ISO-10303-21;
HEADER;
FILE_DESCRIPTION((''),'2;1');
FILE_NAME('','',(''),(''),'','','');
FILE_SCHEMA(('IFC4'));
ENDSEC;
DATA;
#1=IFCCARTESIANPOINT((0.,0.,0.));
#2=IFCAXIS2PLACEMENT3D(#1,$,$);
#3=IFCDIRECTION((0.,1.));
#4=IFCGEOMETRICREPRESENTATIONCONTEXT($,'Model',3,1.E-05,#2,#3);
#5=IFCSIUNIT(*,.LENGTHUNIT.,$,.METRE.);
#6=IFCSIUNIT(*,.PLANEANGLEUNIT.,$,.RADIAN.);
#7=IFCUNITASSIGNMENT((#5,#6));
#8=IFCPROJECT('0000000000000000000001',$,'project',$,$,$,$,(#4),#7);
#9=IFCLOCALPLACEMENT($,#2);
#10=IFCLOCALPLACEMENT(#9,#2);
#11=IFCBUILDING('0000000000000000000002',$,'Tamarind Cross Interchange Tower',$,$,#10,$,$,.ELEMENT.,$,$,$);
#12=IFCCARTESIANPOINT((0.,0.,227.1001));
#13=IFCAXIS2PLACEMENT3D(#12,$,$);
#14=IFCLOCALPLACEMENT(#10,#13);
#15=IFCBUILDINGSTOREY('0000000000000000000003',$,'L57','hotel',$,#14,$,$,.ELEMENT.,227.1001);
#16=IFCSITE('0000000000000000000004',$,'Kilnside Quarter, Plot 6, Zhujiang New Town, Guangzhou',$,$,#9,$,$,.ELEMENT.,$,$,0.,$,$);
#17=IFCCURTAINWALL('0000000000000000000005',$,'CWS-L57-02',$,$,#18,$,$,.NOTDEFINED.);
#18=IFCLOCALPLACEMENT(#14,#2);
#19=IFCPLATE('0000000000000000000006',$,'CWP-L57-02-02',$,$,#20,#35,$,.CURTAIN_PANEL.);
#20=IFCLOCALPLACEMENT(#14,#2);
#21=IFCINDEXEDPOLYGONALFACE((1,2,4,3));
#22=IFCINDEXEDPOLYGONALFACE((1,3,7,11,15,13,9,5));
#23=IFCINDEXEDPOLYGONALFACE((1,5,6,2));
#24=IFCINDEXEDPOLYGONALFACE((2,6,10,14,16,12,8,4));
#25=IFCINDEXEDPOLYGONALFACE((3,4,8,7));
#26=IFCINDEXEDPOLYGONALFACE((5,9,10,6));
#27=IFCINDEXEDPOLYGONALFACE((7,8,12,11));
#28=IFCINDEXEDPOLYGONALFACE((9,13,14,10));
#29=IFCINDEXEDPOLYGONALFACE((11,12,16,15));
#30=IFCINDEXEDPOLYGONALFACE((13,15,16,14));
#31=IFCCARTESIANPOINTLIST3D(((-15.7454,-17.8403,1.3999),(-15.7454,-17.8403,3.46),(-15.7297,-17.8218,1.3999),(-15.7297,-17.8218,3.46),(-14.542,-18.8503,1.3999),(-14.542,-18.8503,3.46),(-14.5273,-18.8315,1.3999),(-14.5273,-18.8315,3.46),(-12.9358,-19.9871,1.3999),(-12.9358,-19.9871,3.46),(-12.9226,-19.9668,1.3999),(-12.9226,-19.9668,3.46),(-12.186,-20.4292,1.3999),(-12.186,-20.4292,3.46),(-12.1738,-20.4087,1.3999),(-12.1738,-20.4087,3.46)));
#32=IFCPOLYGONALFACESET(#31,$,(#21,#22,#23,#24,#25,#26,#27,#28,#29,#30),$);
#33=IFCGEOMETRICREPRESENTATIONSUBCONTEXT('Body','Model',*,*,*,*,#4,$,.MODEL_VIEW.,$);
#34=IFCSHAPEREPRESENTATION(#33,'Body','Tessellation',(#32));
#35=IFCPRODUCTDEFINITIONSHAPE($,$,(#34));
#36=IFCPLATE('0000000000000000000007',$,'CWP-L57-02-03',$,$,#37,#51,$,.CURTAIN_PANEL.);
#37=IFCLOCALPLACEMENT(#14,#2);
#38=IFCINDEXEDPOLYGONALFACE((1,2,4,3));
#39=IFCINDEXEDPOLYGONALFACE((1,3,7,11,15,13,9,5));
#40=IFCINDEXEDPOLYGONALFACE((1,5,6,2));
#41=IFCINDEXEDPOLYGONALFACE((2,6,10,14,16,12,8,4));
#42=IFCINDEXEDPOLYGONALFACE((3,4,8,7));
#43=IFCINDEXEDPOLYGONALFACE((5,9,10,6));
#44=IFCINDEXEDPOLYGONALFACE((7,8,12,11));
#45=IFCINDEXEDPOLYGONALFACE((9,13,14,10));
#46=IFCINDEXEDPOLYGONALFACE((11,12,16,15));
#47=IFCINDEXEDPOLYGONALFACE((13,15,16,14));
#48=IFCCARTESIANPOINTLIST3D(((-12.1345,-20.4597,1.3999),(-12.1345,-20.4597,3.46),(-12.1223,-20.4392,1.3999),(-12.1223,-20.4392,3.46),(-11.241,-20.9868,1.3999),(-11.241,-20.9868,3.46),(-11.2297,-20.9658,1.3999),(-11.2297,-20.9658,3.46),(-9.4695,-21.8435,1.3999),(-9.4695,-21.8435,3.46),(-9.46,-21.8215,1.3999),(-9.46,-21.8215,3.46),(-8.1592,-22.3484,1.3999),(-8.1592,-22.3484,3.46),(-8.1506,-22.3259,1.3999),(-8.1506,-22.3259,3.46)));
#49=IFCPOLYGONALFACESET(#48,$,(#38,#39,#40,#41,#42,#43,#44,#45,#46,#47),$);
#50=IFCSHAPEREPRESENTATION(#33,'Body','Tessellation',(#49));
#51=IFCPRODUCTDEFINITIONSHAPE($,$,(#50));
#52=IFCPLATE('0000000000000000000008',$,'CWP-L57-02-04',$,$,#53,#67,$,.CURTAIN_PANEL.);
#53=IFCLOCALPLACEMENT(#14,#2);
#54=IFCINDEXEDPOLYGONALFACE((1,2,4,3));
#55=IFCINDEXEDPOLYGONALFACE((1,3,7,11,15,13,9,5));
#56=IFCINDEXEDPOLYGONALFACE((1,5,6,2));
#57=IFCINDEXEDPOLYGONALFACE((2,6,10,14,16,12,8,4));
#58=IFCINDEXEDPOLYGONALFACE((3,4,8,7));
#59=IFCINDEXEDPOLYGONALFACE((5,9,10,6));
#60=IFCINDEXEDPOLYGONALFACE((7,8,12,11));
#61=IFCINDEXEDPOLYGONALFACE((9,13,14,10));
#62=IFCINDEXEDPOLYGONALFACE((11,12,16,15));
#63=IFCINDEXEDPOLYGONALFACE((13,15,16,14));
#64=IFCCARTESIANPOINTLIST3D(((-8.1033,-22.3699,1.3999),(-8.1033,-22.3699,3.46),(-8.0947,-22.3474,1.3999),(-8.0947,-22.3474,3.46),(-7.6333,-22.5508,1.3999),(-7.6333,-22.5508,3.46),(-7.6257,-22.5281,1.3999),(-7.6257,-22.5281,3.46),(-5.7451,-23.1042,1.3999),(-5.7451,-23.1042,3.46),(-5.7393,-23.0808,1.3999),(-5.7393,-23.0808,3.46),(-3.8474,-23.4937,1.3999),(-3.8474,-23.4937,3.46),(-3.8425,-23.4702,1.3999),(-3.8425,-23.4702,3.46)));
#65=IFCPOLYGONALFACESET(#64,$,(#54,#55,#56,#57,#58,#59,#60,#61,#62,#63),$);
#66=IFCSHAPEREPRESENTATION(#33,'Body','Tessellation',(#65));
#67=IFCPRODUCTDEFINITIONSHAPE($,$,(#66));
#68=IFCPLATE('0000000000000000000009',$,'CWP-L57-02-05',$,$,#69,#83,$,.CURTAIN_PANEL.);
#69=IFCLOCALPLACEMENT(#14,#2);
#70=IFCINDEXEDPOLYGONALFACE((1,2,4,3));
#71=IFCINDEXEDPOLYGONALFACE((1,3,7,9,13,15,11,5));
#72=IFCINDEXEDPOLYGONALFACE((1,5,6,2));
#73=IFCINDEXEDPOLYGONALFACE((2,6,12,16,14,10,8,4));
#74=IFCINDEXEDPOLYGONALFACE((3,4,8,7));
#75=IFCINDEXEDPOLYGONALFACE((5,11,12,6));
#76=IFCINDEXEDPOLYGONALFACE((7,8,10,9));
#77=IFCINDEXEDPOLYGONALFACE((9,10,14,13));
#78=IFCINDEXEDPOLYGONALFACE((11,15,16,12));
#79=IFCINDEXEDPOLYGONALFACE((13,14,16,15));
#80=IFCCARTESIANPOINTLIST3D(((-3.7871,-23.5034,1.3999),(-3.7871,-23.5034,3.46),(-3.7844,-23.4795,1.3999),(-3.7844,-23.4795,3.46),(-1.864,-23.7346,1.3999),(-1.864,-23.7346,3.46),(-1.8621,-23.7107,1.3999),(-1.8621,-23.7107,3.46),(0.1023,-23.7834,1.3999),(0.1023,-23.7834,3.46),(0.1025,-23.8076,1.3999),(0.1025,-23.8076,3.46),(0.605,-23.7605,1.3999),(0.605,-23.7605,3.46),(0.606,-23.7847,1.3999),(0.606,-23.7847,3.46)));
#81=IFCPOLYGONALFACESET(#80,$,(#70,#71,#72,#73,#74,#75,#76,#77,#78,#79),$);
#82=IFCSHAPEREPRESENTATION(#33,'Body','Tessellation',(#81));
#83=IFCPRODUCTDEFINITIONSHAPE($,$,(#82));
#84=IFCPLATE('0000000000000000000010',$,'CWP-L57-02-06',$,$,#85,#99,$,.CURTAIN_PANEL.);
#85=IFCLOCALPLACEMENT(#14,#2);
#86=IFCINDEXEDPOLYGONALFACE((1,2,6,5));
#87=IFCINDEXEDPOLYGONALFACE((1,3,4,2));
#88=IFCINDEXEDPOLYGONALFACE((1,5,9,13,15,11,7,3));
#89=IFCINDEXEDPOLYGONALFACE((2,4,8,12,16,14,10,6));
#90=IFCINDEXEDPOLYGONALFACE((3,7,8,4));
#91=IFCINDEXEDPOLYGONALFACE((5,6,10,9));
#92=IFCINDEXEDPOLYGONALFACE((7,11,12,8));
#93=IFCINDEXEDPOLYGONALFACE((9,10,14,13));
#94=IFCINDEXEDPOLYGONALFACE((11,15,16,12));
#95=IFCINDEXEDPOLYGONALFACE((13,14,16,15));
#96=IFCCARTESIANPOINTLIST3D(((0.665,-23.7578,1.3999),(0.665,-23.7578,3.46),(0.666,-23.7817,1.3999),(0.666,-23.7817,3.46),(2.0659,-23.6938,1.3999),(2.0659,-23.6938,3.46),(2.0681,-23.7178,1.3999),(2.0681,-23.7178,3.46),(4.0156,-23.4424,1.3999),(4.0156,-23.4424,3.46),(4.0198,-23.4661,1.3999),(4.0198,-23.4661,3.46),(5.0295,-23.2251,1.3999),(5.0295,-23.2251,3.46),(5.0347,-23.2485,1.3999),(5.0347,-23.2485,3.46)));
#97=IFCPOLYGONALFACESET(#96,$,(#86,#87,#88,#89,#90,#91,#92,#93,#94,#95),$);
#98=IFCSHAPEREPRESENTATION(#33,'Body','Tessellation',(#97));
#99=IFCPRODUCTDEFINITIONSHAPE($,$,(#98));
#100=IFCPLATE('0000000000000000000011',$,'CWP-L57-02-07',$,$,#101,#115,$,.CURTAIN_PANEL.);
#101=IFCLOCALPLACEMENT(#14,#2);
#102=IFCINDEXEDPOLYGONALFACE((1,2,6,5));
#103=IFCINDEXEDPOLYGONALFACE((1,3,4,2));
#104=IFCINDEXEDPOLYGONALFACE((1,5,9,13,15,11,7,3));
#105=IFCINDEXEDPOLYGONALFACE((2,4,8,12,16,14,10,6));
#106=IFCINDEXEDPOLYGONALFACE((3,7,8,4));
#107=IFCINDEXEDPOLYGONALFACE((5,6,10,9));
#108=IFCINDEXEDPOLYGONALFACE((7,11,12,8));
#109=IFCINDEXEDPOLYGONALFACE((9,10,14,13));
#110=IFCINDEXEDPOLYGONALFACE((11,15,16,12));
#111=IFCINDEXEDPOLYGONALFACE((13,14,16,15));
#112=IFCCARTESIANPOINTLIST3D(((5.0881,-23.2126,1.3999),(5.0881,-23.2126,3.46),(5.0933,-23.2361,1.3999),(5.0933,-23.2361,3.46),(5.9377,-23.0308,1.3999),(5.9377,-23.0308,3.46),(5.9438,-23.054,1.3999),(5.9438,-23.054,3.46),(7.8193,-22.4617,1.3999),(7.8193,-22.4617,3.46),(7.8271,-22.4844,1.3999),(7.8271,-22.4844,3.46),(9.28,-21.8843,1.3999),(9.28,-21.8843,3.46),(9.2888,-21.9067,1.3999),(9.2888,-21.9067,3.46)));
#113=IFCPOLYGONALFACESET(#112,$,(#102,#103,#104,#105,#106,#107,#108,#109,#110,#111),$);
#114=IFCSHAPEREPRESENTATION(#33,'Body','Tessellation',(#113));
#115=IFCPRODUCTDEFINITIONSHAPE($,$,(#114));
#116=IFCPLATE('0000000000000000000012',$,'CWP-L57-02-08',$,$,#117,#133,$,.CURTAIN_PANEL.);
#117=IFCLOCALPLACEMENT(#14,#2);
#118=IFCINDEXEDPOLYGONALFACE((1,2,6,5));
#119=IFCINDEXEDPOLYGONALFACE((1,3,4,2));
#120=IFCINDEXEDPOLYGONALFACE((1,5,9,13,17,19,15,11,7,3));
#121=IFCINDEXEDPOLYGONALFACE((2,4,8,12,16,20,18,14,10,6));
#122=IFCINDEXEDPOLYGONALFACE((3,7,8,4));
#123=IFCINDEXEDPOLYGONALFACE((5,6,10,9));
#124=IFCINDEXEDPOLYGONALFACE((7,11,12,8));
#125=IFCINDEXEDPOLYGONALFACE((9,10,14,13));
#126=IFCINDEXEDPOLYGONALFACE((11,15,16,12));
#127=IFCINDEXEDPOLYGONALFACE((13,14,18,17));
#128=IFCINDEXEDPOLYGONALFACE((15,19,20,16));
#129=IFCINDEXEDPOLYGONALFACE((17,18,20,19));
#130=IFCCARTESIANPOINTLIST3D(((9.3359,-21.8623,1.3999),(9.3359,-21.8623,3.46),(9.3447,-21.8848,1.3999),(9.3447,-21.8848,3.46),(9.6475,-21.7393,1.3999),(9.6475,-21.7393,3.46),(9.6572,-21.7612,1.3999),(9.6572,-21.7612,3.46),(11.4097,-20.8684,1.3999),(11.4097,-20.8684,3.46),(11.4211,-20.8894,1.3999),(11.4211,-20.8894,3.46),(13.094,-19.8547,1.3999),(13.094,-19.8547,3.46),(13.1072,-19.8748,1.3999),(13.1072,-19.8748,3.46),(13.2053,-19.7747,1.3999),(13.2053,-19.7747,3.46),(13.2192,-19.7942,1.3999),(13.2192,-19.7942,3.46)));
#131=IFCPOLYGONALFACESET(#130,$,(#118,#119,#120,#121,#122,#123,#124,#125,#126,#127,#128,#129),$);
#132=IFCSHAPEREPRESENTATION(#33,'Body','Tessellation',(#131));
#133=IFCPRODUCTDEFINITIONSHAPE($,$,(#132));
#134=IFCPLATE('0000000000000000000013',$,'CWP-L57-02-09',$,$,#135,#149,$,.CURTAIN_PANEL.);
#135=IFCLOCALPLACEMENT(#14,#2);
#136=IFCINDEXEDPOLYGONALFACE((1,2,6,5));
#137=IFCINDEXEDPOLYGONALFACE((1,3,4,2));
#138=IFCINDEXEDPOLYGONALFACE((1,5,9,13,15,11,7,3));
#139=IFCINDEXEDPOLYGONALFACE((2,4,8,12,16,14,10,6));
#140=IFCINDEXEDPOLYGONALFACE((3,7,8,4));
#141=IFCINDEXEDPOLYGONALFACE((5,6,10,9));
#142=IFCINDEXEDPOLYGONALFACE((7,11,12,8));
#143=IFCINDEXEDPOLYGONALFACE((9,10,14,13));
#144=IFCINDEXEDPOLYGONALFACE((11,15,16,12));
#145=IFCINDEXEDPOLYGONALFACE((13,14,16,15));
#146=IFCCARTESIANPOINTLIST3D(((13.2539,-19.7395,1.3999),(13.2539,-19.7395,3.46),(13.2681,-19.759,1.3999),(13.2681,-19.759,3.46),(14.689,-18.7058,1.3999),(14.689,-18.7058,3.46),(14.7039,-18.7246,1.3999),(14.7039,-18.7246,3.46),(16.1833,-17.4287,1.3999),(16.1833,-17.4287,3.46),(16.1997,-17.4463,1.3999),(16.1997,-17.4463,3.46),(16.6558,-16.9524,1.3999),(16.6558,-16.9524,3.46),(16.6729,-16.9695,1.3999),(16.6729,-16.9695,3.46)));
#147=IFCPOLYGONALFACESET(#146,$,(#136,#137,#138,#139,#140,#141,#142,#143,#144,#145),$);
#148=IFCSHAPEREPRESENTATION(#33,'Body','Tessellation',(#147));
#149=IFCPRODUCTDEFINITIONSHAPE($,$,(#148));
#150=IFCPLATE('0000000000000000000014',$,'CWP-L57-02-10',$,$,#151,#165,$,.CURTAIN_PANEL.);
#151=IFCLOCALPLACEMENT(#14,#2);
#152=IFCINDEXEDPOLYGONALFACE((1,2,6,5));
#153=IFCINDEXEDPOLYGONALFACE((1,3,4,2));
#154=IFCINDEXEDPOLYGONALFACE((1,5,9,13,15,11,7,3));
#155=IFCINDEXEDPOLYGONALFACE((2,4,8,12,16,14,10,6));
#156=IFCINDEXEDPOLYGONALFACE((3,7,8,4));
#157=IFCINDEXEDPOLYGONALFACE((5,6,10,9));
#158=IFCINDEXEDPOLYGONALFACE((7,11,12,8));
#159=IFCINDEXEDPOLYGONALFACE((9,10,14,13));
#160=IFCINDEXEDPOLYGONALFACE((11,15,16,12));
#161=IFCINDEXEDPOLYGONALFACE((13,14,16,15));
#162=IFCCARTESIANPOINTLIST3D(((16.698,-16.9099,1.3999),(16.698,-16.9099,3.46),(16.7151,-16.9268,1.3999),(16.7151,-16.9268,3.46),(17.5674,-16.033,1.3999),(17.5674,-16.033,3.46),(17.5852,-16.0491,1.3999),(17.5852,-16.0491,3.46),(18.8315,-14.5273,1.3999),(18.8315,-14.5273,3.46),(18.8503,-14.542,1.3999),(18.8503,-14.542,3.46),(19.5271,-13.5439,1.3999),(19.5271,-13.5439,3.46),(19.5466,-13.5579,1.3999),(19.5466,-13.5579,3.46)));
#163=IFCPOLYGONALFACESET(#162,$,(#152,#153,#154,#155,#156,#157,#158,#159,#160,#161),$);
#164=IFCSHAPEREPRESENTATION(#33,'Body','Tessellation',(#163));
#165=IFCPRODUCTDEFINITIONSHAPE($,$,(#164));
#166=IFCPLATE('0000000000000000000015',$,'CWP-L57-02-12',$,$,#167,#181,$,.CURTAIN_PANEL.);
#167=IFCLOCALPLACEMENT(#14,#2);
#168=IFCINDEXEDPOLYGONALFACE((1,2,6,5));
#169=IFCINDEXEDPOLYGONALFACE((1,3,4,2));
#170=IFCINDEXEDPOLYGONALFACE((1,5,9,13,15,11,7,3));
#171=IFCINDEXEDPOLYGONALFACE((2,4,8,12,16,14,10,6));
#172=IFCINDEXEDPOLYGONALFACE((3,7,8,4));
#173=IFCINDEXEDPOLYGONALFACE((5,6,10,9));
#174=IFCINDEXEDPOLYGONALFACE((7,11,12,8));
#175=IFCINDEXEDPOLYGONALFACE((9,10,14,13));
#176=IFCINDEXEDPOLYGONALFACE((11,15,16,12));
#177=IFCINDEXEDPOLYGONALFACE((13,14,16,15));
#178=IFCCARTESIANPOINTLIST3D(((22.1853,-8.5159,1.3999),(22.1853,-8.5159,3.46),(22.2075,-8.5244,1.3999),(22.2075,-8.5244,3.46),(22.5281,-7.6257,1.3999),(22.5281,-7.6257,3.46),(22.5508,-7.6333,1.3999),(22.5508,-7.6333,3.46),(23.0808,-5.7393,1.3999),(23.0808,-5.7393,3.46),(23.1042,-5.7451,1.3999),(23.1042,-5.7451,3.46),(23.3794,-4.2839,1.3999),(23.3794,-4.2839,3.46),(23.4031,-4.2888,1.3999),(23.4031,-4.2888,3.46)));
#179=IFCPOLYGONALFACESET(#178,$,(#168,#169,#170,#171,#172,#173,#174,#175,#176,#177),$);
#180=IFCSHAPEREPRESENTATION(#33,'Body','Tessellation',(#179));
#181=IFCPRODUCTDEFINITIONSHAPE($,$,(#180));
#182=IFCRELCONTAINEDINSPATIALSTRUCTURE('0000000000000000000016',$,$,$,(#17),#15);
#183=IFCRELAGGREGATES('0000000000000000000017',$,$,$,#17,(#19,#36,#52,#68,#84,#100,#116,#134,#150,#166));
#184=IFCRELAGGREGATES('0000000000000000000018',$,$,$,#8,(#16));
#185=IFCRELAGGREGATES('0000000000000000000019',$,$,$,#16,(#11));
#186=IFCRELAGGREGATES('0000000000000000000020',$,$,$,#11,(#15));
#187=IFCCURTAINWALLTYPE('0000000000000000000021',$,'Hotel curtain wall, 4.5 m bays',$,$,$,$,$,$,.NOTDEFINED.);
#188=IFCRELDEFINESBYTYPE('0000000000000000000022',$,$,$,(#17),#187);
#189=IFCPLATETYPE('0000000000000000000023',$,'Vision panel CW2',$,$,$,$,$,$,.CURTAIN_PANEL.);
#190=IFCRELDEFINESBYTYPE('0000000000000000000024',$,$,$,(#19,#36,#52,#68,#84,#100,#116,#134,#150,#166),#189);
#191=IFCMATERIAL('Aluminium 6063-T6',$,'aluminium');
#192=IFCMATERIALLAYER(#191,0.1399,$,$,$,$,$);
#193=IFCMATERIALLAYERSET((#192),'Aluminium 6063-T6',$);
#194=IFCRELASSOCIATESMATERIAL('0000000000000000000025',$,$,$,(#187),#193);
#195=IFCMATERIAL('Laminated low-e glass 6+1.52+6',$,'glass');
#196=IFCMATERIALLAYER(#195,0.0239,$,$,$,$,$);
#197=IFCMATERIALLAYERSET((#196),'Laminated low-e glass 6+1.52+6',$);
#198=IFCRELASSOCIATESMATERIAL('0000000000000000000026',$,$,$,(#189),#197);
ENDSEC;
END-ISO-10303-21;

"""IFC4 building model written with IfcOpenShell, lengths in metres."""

from ifc_helpers import new_model, si_unit, direction, frame, origin, place, context, subcontext, project, spatial, polyline, outline, extrude, material, layer, layer_set, type_object, element, aggregate, save


model = new_model("IFC4")

# Units and contexts
model_context = context("Model", 3, precision=1e-05, world=origin(), true_north=direction((0.0, 1.0)))
body_context = subcontext(model_context, "Body", "Model", "MODEL_VIEW")
ifc_project = project(units=[si_unit("LENGTHUNIT", "METRE"), si_unit("PLANEANGLEUNIT", "RADIAN")], contexts=[model_context])

# Site, building, storey
site_placement = place(None, origin())
site = spatial("IfcSite", under=ifc_project, at=site_placement, Name="Kilnside Quarter, Plot 6, Zhujiang New Town, Guangzhou", CompositionType="ELEMENT", RefElevation=0.0)
building_placement = place(site_placement, origin())
building = spatial("IfcBuilding", under=site, at=building_placement, Name="Tamarind Cross Interchange Tower", CompositionType="ELEMENT")
storey_placement = place(building_placement, frame((0.0, 0.0, 227.1001)))
storey = spatial("IfcBuildingStorey", under=building, at=storey_placement, Name="L57", Description="hotel", CompositionType="ELEMENT", Elevation=227.1001)

# Shared definitions
ifc_material_1 = material(Name="Aluminium 6063-T6", Category="aluminium")
ifc_layer_1 = layer(ifc_material_1, 0.1399)
ifc_layer_set_1 = layer_set([ifc_layer_1], Name="Aluminium 6063-T6")
curtain_wall_type = type_object("IfcCurtainWallType", Name="Hotel curtain wall, 4.5 m bays", PredefinedType="NOTDEFINED", material=ifc_layer_set_1)

# Shared definitions
ifc_material_2 = material(Name="Laminated low-e glass 6+1.52+6", Category="glass")
ifc_layer_2 = layer(ifc_material_2, 0.0239)
ifc_layer_set_2 = layer_set([ifc_layer_2], Name="Laminated low-e glass 6+1.52+6")
plate_type = type_object("IfcPlateType", Name="Vision panel CW2", PredefinedType="CURTAIN_PANEL", material=ifc_layer_set_2)

# Curtain wall, plates
curtain_wall_1_placement = place(storey_placement, origin())
curtain_wall_1 = element("IfcCurtainWall", 1, at=curtain_wall_1_placement, inside=storey, type_object=curtain_wall_type, Name="CWS-L57-02", PredefinedType="NOTDEFINED")
plate_1_placement = place(storey_placement, frame((0.0, 0.0, 1.3999)))
plate_1 = element("IfcPlate", 2, at=plate_1_placement, type_object=plate_type, Name="CWP-L57-02-02", PredefinedType="CURTAIN_PANEL", context=body_context, shape_type="SweptSolid", body=[
    extrude(outline(polyline([(-15.7297, -17.8218), (-14.5273, -18.8315), (-12.9226, -19.9668), (-12.1738, -20.4087), (-12.186, -20.4292), (-12.9358, -19.9871), (-14.542, -18.8503), (-15.7454, -17.8403), (-15.7297, -17.8218)])), origin(), (0.0, 0.0, 1.0), 2.0601),
])
plate_2_placement = place(storey_placement, frame((0.0, 0.0, 1.3999)))
plate_2 = element("IfcPlate", 3, at=plate_2_placement, type_object=plate_type, Name="CWP-L57-02-03", PredefinedType="CURTAIN_PANEL", context=body_context, shape_type="SweptSolid", body=[
    extrude(outline(polyline([(-12.1223, -20.4392), (-11.2297, -20.9658), (-9.46, -21.8215), (-8.1506, -22.3259), (-8.1592, -22.3484), (-9.4695, -21.8435), (-11.241, -20.9868), (-12.1345, -20.4597), (-12.1223, -20.4392)])), origin(), (0.0, 0.0, 1.0), 2.0601),
])
plate_3_placement = place(storey_placement, frame((0.0, 0.0, 1.3999)))
plate_3 = element("IfcPlate", 4, at=plate_3_placement, type_object=plate_type, Name="CWP-L57-02-04", PredefinedType="CURTAIN_PANEL", context=body_context, shape_type="SweptSolid", body=[
    extrude(outline(polyline([(-8.0947, -22.3474), (-7.6257, -22.5281), (-5.7393, -23.0808), (-3.8425, -23.4702), (-3.8474, -23.4937), (-5.7451, -23.1042), (-7.6333, -22.5508), (-8.1033, -22.3699), (-8.0947, -22.3474)])), origin(), (0.0, 0.0, 1.0), 2.0601),
])
plate_4_placement = place(storey_placement, frame((0.0, 0.0, 1.3999)))
plate_4 = element("IfcPlate", 5, at=plate_4_placement, type_object=plate_type, Name="CWP-L57-02-05", PredefinedType="CURTAIN_PANEL", context=body_context, shape_type="SweptSolid", body=[
    extrude(outline(polyline([(-3.7844, -23.4795), (-1.8621, -23.7107), (0.1023, -23.7834), (0.605, -23.7605), (0.606, -23.7847), (0.1025, -23.8076), (-1.864, -23.7346), (-3.7871, -23.5034), (-3.7844, -23.4795)])), origin(), (0.0, 0.0, 1.0), 2.0601),
])
plate_5_placement = place(storey_placement, frame((0.0, 0.0, 1.3999)))
plate_5 = element("IfcPlate", 6, at=plate_5_placement, type_object=plate_type, Name="CWP-L57-02-06", PredefinedType="CURTAIN_PANEL", context=body_context, shape_type="SweptSolid", body=[
    extrude(outline(polyline([(0.665, -23.7578), (2.0659, -23.6938), (4.0156, -23.4424), (5.0295, -23.2251), (5.0347, -23.2485), (4.0198, -23.4661), (2.0681, -23.7178), (0.666, -23.7817), (0.665, -23.7578)])), origin(), (0.0, 0.0, 1.0), 2.0601),
])
plate_6_placement = place(storey_placement, frame((0.0, 0.0, 1.3999)))
plate_6 = element("IfcPlate", 7, at=plate_6_placement, type_object=plate_type, Name="CWP-L57-02-07", PredefinedType="CURTAIN_PANEL", context=body_context, shape_type="SweptSolid", body=[
    extrude(outline(polyline([(5.0881, -23.2126), (5.9377, -23.0308), (7.8193, -22.4617), (9.28, -21.8843), (9.2888, -21.9067), (7.8271, -22.4844), (5.9438, -23.054), (5.0933, -23.2361), (5.0881, -23.2126)])), origin(), (0.0, 0.0, 1.0), 2.0601),
])
plate_7_placement = place(storey_placement, frame((0.0, 0.0, 1.3999)))
plate_7 = element("IfcPlate", 8, at=plate_7_placement, type_object=plate_type, Name="CWP-L57-02-08", PredefinedType="CURTAIN_PANEL", context=body_context, shape_type="SweptSolid", body=[
    extrude(outline(polyline([(9.3359, -21.8623), (9.6475, -21.7393), (11.4097, -20.8684), (13.094, -19.8547), (13.2053, -19.7747), (13.2192, -19.7942), (13.1072, -19.8748), (11.4211, -20.8894), (9.6572, -21.7612), (9.3447, -21.8848), (9.3359, -21.8623)])), origin(), (0.0, 0.0, 1.0), 2.0601),
])
plate_8_placement = place(storey_placement, frame((0.0, 0.0, 1.3999)))
plate_8 = element("IfcPlate", 9, at=plate_8_placement, type_object=plate_type, Name="CWP-L57-02-09", PredefinedType="CURTAIN_PANEL", context=body_context, shape_type="SweptSolid", body=[
    extrude(outline(polyline([(13.2539, -19.7395), (14.689, -18.7058), (16.1833, -17.4287), (16.6558, -16.9524), (16.6729, -16.9695), (16.1997, -17.4463), (14.7039, -18.7246), (13.2681, -19.759), (13.2539, -19.7395)])), origin(), (0.0, 0.0, 1.0), 2.0601),
])
plate_9_placement = place(storey_placement, frame((0.0, 0.0, 1.3999)))
plate_9 = element("IfcPlate", 10, at=plate_9_placement, type_object=plate_type, Name="CWP-L57-02-10", PredefinedType="CURTAIN_PANEL", context=body_context, shape_type="SweptSolid", body=[
    extrude(outline(polyline([(16.698, -16.9099), (17.5674, -16.033), (18.8315, -14.5273), (19.5271, -13.5439), (19.5466, -13.5579), (18.8503, -14.542), (17.5852, -16.0491), (16.7151, -16.9268), (16.698, -16.9099)])), origin(), (0.0, 0.0, 1.0), 2.0601),
])
plate_10_placement = place(storey_placement, frame((0.0, 0.0, 1.3999)))
plate_10 = element("IfcPlate", 11, at=plate_10_placement, type_object=plate_type, Name="CWP-L57-02-12", PredefinedType="CURTAIN_PANEL", context=body_context, shape_type="SweptSolid", body=[
    extrude(outline(polyline([(22.1853, -8.5159), (22.5281, -7.6257), (23.0808, -5.7393), (23.3794, -4.2839), (23.4031, -4.2888), (23.1042, -5.7451), (22.5508, -7.6333), (22.2075, -8.5244), (22.1853, -8.5159)])), origin(), (0.0, 0.0, 1.0), 2.0601),
])
aggregate(curtain_wall_1, [plate_1, plate_2, plate_3, plate_4, plate_5, plate_6, plate_7, plate_8, plate_9, plate_10])

save(model, "model.ifc")
